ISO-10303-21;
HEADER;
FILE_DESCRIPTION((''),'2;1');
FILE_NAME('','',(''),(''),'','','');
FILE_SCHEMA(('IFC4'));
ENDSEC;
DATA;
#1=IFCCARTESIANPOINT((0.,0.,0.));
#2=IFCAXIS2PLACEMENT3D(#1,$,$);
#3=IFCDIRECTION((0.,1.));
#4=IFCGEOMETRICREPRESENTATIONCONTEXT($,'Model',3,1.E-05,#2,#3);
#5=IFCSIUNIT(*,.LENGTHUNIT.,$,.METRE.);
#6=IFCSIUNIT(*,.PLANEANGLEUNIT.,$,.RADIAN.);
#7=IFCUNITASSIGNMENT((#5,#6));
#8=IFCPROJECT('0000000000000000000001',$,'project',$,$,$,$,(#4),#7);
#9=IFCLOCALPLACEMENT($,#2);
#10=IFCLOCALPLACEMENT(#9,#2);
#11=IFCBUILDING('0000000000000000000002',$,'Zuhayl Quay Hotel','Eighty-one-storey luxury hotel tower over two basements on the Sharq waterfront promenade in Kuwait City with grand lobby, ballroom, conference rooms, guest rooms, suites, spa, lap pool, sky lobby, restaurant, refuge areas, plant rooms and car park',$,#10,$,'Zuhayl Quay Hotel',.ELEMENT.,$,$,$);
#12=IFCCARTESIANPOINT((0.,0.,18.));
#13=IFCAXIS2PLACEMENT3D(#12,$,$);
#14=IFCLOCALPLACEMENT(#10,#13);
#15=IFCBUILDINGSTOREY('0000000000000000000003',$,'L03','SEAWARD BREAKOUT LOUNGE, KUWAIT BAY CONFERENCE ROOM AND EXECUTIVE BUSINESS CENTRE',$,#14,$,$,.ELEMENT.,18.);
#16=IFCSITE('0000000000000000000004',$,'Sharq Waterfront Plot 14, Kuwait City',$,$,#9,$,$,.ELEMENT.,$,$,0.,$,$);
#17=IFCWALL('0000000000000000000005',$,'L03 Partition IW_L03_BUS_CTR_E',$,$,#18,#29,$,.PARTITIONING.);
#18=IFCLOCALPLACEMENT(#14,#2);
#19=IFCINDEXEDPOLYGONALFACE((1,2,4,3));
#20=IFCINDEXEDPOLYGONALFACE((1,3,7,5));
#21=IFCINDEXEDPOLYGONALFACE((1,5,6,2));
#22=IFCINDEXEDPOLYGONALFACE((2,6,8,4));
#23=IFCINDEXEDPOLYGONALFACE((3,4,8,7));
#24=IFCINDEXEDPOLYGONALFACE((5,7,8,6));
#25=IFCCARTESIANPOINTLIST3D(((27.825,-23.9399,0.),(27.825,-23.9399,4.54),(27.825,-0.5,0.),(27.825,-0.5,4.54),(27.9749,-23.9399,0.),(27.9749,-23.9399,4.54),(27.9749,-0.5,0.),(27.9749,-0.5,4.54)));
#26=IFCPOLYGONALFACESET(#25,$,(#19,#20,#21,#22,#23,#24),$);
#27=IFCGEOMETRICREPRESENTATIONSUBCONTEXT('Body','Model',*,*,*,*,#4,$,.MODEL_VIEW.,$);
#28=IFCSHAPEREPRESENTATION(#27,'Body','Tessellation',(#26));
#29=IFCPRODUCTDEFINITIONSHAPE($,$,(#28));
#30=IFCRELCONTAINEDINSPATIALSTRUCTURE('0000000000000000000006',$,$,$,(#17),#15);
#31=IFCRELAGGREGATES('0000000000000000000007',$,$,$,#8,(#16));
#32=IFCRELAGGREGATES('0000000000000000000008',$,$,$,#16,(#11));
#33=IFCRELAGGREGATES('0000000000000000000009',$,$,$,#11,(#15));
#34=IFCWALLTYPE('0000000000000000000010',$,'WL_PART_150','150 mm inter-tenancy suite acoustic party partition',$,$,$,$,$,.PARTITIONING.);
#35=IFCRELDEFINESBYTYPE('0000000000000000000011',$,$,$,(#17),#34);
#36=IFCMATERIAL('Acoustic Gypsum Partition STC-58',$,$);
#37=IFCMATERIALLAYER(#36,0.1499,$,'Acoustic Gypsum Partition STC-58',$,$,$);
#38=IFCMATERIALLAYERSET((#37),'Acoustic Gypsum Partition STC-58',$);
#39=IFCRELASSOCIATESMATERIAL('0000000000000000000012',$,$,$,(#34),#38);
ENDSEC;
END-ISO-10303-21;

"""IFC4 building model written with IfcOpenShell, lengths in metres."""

from ifc_helpers import new_model, si_unit, direction, frame, frame_2d, origin, place, context, subcontext, project, spatial, rectangle, extrude, material, layer, layer_set, type_object, element, save


model = new_model("IFC4")

# Units and contexts
model_context = context("Model", 3, precision=1e-05, world=origin(), true_north=direction((0.0, 1.0)))
body_context = subcontext(model_context, "Body", "Model", "MODEL_VIEW")
ifc_project = project(units=[si_unit("LENGTHUNIT", "METRE"), si_unit("PLANEANGLEUNIT", "RADIAN")], contexts=[model_context])

# Site, building, storey
site_placement = place(None, origin())
site = spatial("IfcSite", under=ifc_project, at=site_placement, Name="Sharq Waterfront Plot 14, Kuwait City", CompositionType="ELEMENT", RefElevation=0.0)
building_placement = place(site_placement, origin())
building = spatial("IfcBuilding", under=site, at=building_placement, Name="Zuhayl Quay Hotel", Description="Eighty-one-storey luxury hotel tower over two basements on the Sharq waterfront promenade in Kuwait City with grand lobby, ballroom, conference rooms, guest rooms, suites, spa, lap pool, sky lobby, restaurant, refuge areas, plant rooms and car park", LongName="Zuhayl Quay Hotel", CompositionType="ELEMENT")
storey_placement = place(building_placement, frame((0.0, 0.0, 18.0)))
storey = spatial("IfcBuildingStorey", under=building, at=storey_placement, Name="L03", Description="SEAWARD BREAKOUT LOUNGE, KUWAIT BAY CONFERENCE ROOM AND EXECUTIVE BUSINESS CENTRE", CompositionType="ELEMENT", Elevation=18.0)

# Wall
ifc_material_1 = material(Name="Acoustic Gypsum Partition STC-58")
ifc_layer_1 = layer(ifc_material_1, 0.1499, Name="Acoustic Gypsum Partition STC-58")
ifc_layer_set_1 = layer_set([ifc_layer_1], Name="Acoustic Gypsum Partition STC-58")
wall_type_1 = type_object("IfcWallType", Name="WL_PART_150", Description="150 mm inter-tenancy suite acoustic party partition", PredefinedType="PARTITIONING", material=ifc_layer_set_1)
for number, where, z_axis, x_axis, name in (
    (1, (27.8999, -23.9399, 0.0), (0.0, 0.0, 1.0), (0.0, 1.0, 0.0), "L03 Partition IW_L03_BUS_CTR_E"),
):
    element("IfcWall", number, at=place(storey_placement, frame(where, z_axis=z_axis, x_axis=x_axis)), inside=storey, type_object=wall_type_1, Name=name, PredefinedType="PARTITIONING", context=body_context, shape_type="SweptSolid", body=[
        extrude(rectangle(XDim=23.4399, YDim=0.1499, at=frame_2d((11.72, 0.0))), origin(), (0.0, 0.0, 1.0), 4.54),
    ])

save(model, "model.ifc")
